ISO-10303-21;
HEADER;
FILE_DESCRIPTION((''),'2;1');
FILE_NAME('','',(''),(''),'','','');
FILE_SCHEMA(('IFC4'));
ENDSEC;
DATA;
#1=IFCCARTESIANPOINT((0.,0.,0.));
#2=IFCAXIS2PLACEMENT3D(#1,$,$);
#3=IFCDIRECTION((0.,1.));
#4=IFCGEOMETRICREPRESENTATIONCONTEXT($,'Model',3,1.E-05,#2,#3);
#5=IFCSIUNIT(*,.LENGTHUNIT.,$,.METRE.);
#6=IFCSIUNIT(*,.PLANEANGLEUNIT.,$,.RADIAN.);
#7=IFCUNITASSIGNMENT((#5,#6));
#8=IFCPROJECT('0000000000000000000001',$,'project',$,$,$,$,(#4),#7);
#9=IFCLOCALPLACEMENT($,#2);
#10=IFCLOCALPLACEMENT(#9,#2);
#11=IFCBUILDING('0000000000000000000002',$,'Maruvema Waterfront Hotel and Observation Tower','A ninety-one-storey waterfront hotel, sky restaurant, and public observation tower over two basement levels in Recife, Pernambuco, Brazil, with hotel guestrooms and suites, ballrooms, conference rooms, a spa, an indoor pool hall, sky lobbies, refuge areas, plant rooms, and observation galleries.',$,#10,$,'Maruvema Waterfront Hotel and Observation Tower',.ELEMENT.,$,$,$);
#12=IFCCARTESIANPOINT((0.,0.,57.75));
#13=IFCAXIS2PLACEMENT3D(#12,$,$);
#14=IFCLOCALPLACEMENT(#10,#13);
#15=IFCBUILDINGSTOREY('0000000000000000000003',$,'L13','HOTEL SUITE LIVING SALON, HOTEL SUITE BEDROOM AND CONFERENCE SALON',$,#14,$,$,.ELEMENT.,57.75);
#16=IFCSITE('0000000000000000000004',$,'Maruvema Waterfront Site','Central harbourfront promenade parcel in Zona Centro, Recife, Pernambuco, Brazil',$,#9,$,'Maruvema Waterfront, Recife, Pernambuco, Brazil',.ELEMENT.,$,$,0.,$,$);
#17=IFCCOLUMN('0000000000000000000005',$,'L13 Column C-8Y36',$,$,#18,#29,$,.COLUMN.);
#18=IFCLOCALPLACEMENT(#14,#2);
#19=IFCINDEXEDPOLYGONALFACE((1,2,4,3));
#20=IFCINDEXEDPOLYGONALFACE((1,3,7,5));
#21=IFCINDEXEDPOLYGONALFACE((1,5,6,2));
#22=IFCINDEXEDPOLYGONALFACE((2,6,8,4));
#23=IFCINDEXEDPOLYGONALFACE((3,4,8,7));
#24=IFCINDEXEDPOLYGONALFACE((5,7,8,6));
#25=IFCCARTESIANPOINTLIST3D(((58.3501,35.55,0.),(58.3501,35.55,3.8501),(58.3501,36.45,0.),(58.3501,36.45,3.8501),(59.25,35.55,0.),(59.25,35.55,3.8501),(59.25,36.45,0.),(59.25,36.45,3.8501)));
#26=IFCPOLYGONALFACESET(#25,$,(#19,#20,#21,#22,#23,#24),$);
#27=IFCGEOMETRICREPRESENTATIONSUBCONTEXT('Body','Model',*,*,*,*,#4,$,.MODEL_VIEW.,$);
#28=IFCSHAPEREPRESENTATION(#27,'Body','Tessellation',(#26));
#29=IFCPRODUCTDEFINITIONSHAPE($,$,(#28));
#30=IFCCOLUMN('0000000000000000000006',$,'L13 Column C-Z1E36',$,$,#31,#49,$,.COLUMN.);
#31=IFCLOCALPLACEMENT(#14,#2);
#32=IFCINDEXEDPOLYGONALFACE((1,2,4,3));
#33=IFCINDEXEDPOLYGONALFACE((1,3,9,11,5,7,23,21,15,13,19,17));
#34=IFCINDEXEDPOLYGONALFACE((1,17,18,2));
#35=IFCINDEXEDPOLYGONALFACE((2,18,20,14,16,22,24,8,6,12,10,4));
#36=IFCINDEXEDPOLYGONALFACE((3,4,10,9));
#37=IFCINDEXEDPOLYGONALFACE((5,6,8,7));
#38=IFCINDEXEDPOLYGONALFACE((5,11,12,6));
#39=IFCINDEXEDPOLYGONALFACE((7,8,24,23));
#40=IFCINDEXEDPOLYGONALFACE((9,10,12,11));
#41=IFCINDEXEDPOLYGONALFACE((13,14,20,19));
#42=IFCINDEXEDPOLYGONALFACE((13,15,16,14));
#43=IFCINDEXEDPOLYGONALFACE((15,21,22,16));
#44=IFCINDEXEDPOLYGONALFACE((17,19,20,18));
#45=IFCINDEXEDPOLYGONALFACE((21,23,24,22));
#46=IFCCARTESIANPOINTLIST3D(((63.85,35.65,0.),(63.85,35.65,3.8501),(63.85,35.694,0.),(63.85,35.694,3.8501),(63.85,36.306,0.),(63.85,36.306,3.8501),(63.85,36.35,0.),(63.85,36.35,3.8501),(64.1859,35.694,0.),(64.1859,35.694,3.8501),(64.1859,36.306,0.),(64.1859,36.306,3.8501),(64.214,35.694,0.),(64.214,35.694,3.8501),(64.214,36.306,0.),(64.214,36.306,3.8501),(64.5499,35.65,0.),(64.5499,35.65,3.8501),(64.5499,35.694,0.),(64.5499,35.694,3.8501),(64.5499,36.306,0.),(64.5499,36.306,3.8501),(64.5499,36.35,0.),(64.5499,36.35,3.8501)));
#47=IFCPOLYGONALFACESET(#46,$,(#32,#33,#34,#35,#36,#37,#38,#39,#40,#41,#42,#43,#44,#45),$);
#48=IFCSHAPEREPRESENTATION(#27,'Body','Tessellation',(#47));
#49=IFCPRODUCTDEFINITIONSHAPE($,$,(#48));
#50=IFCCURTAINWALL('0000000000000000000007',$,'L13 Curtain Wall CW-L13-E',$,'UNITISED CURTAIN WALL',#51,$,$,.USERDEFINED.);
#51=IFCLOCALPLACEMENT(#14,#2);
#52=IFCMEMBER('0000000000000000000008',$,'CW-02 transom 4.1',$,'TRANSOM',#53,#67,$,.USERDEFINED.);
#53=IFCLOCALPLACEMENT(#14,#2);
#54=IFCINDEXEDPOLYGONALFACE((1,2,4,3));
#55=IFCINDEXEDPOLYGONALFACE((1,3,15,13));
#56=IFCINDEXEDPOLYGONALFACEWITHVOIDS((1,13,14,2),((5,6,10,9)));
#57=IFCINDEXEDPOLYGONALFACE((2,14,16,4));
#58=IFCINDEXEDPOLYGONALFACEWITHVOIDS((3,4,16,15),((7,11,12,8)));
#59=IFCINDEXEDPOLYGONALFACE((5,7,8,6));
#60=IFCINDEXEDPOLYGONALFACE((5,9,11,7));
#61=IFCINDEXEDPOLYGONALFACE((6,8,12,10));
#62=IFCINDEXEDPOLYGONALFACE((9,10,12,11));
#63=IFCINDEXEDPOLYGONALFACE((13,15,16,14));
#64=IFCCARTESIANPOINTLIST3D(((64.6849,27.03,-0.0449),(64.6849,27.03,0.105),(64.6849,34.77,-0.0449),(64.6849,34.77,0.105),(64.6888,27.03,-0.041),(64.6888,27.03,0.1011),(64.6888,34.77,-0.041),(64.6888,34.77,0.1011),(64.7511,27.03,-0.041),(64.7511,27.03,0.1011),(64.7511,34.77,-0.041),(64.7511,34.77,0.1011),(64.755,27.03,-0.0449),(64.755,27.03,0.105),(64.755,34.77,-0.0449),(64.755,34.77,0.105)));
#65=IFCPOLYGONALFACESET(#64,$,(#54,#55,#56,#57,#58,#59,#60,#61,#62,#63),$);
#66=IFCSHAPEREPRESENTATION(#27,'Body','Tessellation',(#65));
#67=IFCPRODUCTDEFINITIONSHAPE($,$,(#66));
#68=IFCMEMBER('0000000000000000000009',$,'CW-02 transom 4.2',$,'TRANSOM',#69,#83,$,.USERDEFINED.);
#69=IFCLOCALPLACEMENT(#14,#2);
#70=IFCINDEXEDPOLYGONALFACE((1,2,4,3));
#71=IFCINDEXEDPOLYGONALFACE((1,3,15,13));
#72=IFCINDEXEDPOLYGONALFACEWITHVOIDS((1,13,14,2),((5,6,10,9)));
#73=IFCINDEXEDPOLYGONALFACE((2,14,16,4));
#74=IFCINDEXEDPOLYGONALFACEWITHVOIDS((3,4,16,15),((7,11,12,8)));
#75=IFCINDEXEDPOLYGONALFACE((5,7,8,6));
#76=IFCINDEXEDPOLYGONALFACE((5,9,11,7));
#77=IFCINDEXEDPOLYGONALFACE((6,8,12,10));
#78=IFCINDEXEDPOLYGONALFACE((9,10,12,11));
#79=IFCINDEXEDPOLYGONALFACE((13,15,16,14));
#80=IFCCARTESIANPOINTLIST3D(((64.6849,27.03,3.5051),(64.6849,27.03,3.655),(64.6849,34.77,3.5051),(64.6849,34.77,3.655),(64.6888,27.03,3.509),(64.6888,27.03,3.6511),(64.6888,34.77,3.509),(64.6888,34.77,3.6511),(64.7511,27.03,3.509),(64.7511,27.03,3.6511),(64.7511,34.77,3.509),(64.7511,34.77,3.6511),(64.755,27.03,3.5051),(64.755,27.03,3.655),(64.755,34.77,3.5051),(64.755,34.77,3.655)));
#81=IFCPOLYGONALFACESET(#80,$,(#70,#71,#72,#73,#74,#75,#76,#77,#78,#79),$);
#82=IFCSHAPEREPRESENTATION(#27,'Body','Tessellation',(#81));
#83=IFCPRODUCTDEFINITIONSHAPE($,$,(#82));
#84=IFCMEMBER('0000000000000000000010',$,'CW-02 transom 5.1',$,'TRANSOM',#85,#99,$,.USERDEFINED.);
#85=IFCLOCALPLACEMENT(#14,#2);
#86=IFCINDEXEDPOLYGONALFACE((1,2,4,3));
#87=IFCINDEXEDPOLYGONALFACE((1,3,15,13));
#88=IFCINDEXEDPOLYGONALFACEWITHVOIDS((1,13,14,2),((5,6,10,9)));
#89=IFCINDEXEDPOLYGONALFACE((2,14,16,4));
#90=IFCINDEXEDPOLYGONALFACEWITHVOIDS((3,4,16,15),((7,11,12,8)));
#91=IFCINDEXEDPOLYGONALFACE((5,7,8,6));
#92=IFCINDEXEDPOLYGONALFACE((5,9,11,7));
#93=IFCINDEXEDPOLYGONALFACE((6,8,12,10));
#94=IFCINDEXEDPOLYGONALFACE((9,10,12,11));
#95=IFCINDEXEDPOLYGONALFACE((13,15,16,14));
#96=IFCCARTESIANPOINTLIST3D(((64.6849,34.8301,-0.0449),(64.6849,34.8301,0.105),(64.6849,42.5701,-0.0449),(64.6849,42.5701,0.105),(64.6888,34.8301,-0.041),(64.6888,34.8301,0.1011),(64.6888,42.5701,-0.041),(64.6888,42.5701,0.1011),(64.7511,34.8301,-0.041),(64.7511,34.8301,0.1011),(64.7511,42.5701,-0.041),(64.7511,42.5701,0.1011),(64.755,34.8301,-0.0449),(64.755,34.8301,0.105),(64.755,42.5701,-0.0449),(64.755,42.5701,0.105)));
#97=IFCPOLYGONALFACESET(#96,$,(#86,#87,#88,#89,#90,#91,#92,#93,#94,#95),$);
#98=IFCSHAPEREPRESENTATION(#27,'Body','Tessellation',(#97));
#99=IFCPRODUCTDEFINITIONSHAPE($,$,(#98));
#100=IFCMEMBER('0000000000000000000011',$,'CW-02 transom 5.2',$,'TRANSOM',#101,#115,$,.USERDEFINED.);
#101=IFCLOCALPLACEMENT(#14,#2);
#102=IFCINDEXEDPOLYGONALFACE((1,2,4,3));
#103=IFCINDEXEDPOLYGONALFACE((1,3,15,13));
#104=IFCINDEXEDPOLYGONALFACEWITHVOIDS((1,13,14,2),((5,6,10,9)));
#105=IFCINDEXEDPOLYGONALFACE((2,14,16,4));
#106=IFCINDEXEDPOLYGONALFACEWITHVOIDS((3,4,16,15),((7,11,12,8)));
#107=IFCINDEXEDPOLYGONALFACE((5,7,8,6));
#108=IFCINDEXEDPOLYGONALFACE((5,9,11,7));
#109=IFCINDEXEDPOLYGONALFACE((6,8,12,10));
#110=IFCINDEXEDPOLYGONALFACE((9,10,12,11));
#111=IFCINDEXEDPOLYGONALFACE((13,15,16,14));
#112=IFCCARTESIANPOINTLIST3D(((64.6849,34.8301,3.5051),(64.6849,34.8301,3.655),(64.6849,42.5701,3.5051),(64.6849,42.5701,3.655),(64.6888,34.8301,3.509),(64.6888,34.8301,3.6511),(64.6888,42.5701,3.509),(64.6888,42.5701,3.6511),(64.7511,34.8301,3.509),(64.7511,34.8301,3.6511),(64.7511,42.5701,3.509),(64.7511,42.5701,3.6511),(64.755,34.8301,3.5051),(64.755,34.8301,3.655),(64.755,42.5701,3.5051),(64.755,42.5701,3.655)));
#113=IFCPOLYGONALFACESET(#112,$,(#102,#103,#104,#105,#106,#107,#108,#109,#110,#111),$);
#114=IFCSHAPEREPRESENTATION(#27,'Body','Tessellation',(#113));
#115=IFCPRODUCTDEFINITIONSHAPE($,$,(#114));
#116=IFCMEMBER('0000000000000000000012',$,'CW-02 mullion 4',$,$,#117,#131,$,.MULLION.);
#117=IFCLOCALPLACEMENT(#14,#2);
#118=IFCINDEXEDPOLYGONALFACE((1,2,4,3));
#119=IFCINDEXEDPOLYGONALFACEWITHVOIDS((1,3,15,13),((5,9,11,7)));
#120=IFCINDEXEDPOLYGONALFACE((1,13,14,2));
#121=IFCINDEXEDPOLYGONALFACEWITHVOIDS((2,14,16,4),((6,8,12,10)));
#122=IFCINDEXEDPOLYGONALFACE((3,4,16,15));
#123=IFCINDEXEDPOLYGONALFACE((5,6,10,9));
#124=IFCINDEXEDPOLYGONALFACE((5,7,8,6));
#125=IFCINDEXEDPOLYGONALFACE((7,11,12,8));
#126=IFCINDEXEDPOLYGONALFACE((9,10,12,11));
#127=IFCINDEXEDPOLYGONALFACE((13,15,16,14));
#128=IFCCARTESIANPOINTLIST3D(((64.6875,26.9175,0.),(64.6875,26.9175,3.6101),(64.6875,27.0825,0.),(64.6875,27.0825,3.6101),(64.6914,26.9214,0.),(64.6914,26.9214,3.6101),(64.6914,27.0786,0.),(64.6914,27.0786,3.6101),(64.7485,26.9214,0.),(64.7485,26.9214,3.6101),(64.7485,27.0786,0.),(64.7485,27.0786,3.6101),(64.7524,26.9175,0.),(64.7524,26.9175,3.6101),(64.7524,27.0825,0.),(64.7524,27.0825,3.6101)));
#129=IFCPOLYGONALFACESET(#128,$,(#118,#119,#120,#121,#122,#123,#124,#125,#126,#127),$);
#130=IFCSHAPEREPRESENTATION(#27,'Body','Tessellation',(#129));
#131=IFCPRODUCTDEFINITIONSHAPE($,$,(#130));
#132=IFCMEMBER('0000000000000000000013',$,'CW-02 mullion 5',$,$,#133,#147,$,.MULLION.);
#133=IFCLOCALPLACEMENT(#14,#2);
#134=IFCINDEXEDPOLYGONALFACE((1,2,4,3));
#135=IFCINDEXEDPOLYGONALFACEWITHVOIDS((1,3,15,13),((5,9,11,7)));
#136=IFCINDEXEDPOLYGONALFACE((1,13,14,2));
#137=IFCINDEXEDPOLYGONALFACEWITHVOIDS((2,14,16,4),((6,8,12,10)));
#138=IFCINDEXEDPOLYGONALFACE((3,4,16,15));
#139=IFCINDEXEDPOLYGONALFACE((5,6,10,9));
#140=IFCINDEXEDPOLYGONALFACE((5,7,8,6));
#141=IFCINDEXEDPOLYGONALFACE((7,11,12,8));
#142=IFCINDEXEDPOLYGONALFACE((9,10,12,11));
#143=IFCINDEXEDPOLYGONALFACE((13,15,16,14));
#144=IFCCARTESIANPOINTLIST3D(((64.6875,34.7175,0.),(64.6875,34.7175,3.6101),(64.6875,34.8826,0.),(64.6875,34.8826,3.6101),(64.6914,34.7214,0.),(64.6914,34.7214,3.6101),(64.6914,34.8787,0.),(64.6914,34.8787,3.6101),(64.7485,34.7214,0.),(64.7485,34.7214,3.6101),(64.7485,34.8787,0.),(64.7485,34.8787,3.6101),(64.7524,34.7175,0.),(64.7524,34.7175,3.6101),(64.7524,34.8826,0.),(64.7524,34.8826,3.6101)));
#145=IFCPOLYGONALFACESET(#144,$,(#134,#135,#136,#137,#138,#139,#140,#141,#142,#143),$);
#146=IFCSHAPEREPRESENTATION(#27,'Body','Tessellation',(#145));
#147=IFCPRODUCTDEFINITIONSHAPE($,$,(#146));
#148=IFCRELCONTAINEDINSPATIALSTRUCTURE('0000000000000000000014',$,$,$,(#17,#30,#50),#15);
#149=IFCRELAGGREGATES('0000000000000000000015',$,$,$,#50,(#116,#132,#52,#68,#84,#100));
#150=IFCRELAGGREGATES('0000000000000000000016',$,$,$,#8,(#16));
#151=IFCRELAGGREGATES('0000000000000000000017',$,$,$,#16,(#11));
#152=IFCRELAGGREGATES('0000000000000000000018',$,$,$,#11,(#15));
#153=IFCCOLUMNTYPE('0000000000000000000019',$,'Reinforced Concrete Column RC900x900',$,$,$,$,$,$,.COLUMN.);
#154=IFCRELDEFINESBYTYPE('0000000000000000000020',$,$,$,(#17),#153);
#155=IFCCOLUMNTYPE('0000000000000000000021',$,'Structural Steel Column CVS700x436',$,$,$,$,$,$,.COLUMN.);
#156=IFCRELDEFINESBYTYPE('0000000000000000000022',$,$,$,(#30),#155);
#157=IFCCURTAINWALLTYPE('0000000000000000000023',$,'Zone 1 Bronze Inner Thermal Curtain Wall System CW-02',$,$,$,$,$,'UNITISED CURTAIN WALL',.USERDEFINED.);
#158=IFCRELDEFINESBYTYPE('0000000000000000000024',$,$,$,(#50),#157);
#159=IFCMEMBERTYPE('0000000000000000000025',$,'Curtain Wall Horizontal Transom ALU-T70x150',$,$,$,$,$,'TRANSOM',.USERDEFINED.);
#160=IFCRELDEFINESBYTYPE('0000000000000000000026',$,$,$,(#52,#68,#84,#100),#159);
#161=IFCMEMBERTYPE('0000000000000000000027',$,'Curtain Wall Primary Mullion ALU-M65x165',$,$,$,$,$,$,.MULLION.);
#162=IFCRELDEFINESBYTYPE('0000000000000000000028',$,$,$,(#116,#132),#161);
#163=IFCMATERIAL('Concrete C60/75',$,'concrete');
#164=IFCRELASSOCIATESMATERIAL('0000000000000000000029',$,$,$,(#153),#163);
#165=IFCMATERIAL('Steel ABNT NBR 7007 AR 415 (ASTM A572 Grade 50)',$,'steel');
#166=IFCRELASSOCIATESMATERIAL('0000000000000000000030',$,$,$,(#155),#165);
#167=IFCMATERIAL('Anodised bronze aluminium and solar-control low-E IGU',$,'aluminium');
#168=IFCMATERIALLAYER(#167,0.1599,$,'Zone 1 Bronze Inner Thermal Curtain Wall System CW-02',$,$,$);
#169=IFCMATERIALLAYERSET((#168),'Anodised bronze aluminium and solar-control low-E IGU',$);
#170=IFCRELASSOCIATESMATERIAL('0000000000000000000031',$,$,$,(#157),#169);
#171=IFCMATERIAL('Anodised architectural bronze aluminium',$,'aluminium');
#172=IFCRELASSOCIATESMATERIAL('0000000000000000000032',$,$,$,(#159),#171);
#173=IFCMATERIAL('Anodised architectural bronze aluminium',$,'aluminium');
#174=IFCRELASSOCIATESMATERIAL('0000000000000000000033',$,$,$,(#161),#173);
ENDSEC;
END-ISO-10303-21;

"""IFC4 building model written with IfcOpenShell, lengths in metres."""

from ifc_helpers import new_model, si_unit, direction, frame, origin, origin_2d, place, context, subcontext, project, spatial, rectangle, hollow_rectangle, i_section, extrude, material, layer, layer_set, material_profile, profile_set, type_object, element, aggregate, save


model = new_model("IFC4")

# Units and contexts
model_context = context("Model", 3, precision=1e-05, world=origin(), true_north=direction((0.0, 1.0)))
body_context = subcontext(model_context, "Body", "Model", "MODEL_VIEW")
ifc_project = project(units=[si_unit("LENGTHUNIT", "METRE"), si_unit("PLANEANGLEUNIT", "RADIAN")], contexts=[model_context])

# Site, building, storey
site_placement = place(None, origin())
site = spatial("IfcSite", under=ifc_project, at=site_placement, Name="Maruvema Waterfront Site", Description="Central harbourfront promenade parcel in Zona Centro, Recife, Pernambuco, Brazil", LongName="Maruvema Waterfront, Recife, Pernambuco, Brazil", CompositionType="ELEMENT", RefElevation=0.0)
building_placement = place(site_placement, origin())
building = spatial("IfcBuilding", under=site, at=building_placement, Name="Maruvema Waterfront Hotel and Observation Tower", Description="A ninety-one-storey waterfront hotel, sky restaurant, and public observation tower over two basement levels in Recife, Pernambuco, Brazil, with hotel guestrooms and suites, ballrooms, conference rooms, a spa, an indoor pool hall, sky lobbies, refuge areas, plant rooms, and observation galleries.", LongName="Maruvema Waterfront Hotel and Observation Tower", CompositionType="ELEMENT")
storey_placement = place(building_placement, frame((0.0, 0.0, 57.75)))
storey = spatial("IfcBuildingStorey", under=building, at=storey_placement, Name="L13", Description="HOTEL SUITE LIVING SALON, HOTEL SUITE BEDROOM AND CONFERENCE SALON", CompositionType="ELEMENT", Elevation=57.75)

# Columns
ifc_material_1 = material(Name="Concrete C60/75", Category="concrete")
ifc_material_profile_1 = material_profile(ifc_material_1, rectangle(XDim=0.8999, YDim=0.8999, at=origin_2d()), Name="RC900x900")
ifc_profile_set_1 = profile_set([ifc_material_profile_1], Name="Concrete C60/75")
column_type_1 = type_object("IfcColumnType", Name="Reinforced Concrete Column RC900x900", PredefinedType="COLUMN", material=ifc_profile_set_1)
column_1_placement = place(storey_placement, frame((58.8, 36.0, 0.0), z_axis=(0.0, 0.0, 1.0), x_axis=(1.0, 0.0, 0.0)))
element("IfcColumn", 1, at=column_1_placement, inside=storey, type_object=column_type_1, Name="L13 Column C-8Y36", PredefinedType="COLUMN", context=body_context, shape_type="SweptSolid", body=[
    extrude(rectangle(XDim=0.8999, YDim=0.8999, at=origin_2d()), origin(), (0.0, 0.0, 1.0), 3.8501),
])
ifc_material_2 = material(Name="Steel ABNT NBR 7007 AR 415 (ASTM A572 Grade 50)", Category="steel")
ifc_material_profile_2 = material_profile(ifc_material_2, i_section(OverallWidth=0.7, OverallDepth=0.7, WebThickness=0.0281, FlangeThickness=0.0439, at=origin_2d()), Name="CVS700x436")
ifc_profile_set_2 = profile_set([ifc_material_profile_2], Name="Steel ABNT NBR 7007 AR 415 (ASTM A572 Grade 50)")
column_type_2 = type_object("IfcColumnType", Name="Structural Steel Column CVS700x436", PredefinedType="COLUMN", material=ifc_profile_set_2)
column_2_placement = place(storey_placement, frame((64.2, 36.0, 0.0), z_axis=(0.0, 0.0, 1.0), x_axis=(1.0, 0.0, 0.0)))
element("IfcColumn", 2, at=column_2_placement, inside=storey, type_object=column_type_2, Name="L13 Column C-Z1E36", PredefinedType="COLUMN", context=body_context, shape_type="SweptSolid", body=[
    extrude(i_section(OverallWidth=0.7, OverallDepth=0.7, WebThickness=0.0281, FlangeThickness=0.0439, at=origin_2d()), origin(), (0.0, 0.0, 1.0), 3.8501),
])

# Curtain wall, members
ifc_material_3 = material(Name="Anodised bronze aluminium and solar-control low-E IGU", Category="aluminium")
ifc_layer_1 = layer(ifc_material_3, 0.1599, Name="Zone 1 Bronze Inner Thermal Curtain Wall System CW-02")
ifc_layer_set_1 = layer_set([ifc_layer_1], Name="Anodised bronze aluminium and solar-control low-E IGU")
curtain_wall_type = type_object("IfcCurtainWallType", Name="Zone 1 Bronze Inner Thermal Curtain Wall System CW-02", ElementType="UNITISED CURTAIN WALL", PredefinedType="USERDEFINED", material=ifc_layer_set_1)
curtain_wall_placement = place(storey_placement, origin())
curtain_wall = element("IfcCurtainWall", 3, at=curtain_wall_placement, inside=storey, type_object=curtain_wall_type, Name="L13 Curtain Wall CW-L13-E", ObjectType="UNITISED CURTAIN WALL", PredefinedType="USERDEFINED")
ifc_material_4 = material(Name="Anodised architectural bronze aluminium", Category="aluminium")
ifc_material_profile_3 = material_profile(ifc_material_4, hollow_rectangle(XDim=0.0701, YDim=0.1499, WallThickness=0.0039, at=origin_2d()), Name="ALU-T70x150")
ifc_profile_set_3 = profile_set([ifc_material_profile_3], Name="Anodised architectural bronze aluminium")
member_type_1 = type_object("IfcMemberType", Name="Curtain Wall Horizontal Transom ALU-T70x150", ElementType="TRANSOM", PredefinedType="USERDEFINED", material=ifc_profile_set_3)
member_1_placement = place(storey_placement, frame((64.72, 27.03, 0.03), z_axis=(0.0, 1.0, 0.0), x_axis=(-1.0, 0.0, 0.0)))
member_1 = element("IfcMember", 4, at=member_1_placement, type_object=member_type_1, Name="CW-02 transom 4.1", ObjectType="TRANSOM", PredefinedType="USERDEFINED", context=body_context, shape_type="SweptSolid", body=[
    extrude(hollow_rectangle(XDim=0.0701, YDim=0.1499, WallThickness=0.0039, at=origin_2d()), origin(), (0.0, 0.0, 1.0), 7.74),
])
member_2_placement = place(storey_placement, frame((64.72, 27.03, 3.5801), z_axis=(0.0, 1.0, 0.0), x_axis=(-1.0, 0.0, 0.0)))
member_2 = element("IfcMember", 5, at=member_2_placement, type_object=member_type_1, Name="CW-02 transom 4.2", ObjectType="TRANSOM", PredefinedType="USERDEFINED", context=body_context, shape_type="SweptSolid", body=[
    extrude(hollow_rectangle(XDim=0.0701, YDim=0.1499, WallThickness=0.0039, at=origin_2d()), origin(), (0.0, 0.0, 1.0), 7.74),
])
member_3_placement = place(storey_placement, frame((64.72, 34.8301, 0.03), z_axis=(0.0, 1.0, 0.0), x_axis=(-1.0, 0.0, 0.0)))
member_3 = element("IfcMember", 6, at=member_3_placement, type_object=member_type_1, Name="CW-02 transom 5.1", ObjectType="TRANSOM", PredefinedType="USERDEFINED", context=body_context, shape_type="SweptSolid", body=[
    extrude(hollow_rectangle(XDim=0.0701, YDim=0.1499, WallThickness=0.0039, at=origin_2d()), origin(), (0.0, 0.0, 1.0), 7.74),
])
member_4_placement = place(storey_placement, frame((64.72, 34.8301, 3.5801), z_axis=(0.0, 1.0, 0.0), x_axis=(-1.0, 0.0, 0.0)))
member_4 = element("IfcMember", 7, at=member_4_placement, type_object=member_type_1, Name="CW-02 transom 5.2", ObjectType="TRANSOM", PredefinedType="USERDEFINED", context=body_context, shape_type="SweptSolid", body=[
    extrude(hollow_rectangle(XDim=0.0701, YDim=0.1499, WallThickness=0.0039, at=origin_2d()), origin(), (0.0, 0.0, 1.0), 7.74),
])
ifc_material_5 = material(Name="Anodised architectural bronze aluminium", Category="aluminium")
ifc_material_profile_4 = material_profile(ifc_material_5, hollow_rectangle(XDim=0.0649, YDim=0.165, WallThickness=0.0039, at=origin_2d()), Name="ALU-M65x165")
ifc_profile_set_4 = profile_set([ifc_material_profile_4], Name="Anodised architectural bronze aluminium")
member_type_2 = type_object("IfcMemberType", Name="Curtain Wall Primary Mullion ALU-M65x165", PredefinedType="MULLION", material=ifc_profile_set_4)
member_5_placement = place(storey_placement, frame((64.72, 27.0, 0.0), z_axis=(0.0, 0.0, 1.0), x_axis=(-1.0, 0.0, 0.0)))
member_5 = element("IfcMember", 8, at=member_5_placement, type_object=member_type_2, Name="CW-02 mullion 4", PredefinedType="MULLION", context=body_context, shape_type="SweptSolid", body=[
    extrude(hollow_rectangle(XDim=0.0649, YDim=0.165, WallThickness=0.0039, at=origin_2d()), origin(), (0.0, 0.0, 1.0), 3.6101),
])
member_6_placement = place(storey_placement, frame((64.72, 34.8, 0.0), z_axis=(0.0, 0.0, 1.0), x_axis=(-1.0, 0.0, 0.0)))
member_6 = element("IfcMember", 9, at=member_6_placement, type_object=member_type_2, Name="CW-02 mullion 5", PredefinedType="MULLION", context=body_context, shape_type="SweptSolid", body=[
    extrude(hollow_rectangle(XDim=0.0649, YDim=0.165, WallThickness=0.0039, at=origin_2d()), origin(), (0.0, 0.0, 1.0), 3.6101),
])

aggregate(curtain_wall, [member_5, member_6, member_1, member_2, member_3, member_4])

save(model, "model.ifc")
